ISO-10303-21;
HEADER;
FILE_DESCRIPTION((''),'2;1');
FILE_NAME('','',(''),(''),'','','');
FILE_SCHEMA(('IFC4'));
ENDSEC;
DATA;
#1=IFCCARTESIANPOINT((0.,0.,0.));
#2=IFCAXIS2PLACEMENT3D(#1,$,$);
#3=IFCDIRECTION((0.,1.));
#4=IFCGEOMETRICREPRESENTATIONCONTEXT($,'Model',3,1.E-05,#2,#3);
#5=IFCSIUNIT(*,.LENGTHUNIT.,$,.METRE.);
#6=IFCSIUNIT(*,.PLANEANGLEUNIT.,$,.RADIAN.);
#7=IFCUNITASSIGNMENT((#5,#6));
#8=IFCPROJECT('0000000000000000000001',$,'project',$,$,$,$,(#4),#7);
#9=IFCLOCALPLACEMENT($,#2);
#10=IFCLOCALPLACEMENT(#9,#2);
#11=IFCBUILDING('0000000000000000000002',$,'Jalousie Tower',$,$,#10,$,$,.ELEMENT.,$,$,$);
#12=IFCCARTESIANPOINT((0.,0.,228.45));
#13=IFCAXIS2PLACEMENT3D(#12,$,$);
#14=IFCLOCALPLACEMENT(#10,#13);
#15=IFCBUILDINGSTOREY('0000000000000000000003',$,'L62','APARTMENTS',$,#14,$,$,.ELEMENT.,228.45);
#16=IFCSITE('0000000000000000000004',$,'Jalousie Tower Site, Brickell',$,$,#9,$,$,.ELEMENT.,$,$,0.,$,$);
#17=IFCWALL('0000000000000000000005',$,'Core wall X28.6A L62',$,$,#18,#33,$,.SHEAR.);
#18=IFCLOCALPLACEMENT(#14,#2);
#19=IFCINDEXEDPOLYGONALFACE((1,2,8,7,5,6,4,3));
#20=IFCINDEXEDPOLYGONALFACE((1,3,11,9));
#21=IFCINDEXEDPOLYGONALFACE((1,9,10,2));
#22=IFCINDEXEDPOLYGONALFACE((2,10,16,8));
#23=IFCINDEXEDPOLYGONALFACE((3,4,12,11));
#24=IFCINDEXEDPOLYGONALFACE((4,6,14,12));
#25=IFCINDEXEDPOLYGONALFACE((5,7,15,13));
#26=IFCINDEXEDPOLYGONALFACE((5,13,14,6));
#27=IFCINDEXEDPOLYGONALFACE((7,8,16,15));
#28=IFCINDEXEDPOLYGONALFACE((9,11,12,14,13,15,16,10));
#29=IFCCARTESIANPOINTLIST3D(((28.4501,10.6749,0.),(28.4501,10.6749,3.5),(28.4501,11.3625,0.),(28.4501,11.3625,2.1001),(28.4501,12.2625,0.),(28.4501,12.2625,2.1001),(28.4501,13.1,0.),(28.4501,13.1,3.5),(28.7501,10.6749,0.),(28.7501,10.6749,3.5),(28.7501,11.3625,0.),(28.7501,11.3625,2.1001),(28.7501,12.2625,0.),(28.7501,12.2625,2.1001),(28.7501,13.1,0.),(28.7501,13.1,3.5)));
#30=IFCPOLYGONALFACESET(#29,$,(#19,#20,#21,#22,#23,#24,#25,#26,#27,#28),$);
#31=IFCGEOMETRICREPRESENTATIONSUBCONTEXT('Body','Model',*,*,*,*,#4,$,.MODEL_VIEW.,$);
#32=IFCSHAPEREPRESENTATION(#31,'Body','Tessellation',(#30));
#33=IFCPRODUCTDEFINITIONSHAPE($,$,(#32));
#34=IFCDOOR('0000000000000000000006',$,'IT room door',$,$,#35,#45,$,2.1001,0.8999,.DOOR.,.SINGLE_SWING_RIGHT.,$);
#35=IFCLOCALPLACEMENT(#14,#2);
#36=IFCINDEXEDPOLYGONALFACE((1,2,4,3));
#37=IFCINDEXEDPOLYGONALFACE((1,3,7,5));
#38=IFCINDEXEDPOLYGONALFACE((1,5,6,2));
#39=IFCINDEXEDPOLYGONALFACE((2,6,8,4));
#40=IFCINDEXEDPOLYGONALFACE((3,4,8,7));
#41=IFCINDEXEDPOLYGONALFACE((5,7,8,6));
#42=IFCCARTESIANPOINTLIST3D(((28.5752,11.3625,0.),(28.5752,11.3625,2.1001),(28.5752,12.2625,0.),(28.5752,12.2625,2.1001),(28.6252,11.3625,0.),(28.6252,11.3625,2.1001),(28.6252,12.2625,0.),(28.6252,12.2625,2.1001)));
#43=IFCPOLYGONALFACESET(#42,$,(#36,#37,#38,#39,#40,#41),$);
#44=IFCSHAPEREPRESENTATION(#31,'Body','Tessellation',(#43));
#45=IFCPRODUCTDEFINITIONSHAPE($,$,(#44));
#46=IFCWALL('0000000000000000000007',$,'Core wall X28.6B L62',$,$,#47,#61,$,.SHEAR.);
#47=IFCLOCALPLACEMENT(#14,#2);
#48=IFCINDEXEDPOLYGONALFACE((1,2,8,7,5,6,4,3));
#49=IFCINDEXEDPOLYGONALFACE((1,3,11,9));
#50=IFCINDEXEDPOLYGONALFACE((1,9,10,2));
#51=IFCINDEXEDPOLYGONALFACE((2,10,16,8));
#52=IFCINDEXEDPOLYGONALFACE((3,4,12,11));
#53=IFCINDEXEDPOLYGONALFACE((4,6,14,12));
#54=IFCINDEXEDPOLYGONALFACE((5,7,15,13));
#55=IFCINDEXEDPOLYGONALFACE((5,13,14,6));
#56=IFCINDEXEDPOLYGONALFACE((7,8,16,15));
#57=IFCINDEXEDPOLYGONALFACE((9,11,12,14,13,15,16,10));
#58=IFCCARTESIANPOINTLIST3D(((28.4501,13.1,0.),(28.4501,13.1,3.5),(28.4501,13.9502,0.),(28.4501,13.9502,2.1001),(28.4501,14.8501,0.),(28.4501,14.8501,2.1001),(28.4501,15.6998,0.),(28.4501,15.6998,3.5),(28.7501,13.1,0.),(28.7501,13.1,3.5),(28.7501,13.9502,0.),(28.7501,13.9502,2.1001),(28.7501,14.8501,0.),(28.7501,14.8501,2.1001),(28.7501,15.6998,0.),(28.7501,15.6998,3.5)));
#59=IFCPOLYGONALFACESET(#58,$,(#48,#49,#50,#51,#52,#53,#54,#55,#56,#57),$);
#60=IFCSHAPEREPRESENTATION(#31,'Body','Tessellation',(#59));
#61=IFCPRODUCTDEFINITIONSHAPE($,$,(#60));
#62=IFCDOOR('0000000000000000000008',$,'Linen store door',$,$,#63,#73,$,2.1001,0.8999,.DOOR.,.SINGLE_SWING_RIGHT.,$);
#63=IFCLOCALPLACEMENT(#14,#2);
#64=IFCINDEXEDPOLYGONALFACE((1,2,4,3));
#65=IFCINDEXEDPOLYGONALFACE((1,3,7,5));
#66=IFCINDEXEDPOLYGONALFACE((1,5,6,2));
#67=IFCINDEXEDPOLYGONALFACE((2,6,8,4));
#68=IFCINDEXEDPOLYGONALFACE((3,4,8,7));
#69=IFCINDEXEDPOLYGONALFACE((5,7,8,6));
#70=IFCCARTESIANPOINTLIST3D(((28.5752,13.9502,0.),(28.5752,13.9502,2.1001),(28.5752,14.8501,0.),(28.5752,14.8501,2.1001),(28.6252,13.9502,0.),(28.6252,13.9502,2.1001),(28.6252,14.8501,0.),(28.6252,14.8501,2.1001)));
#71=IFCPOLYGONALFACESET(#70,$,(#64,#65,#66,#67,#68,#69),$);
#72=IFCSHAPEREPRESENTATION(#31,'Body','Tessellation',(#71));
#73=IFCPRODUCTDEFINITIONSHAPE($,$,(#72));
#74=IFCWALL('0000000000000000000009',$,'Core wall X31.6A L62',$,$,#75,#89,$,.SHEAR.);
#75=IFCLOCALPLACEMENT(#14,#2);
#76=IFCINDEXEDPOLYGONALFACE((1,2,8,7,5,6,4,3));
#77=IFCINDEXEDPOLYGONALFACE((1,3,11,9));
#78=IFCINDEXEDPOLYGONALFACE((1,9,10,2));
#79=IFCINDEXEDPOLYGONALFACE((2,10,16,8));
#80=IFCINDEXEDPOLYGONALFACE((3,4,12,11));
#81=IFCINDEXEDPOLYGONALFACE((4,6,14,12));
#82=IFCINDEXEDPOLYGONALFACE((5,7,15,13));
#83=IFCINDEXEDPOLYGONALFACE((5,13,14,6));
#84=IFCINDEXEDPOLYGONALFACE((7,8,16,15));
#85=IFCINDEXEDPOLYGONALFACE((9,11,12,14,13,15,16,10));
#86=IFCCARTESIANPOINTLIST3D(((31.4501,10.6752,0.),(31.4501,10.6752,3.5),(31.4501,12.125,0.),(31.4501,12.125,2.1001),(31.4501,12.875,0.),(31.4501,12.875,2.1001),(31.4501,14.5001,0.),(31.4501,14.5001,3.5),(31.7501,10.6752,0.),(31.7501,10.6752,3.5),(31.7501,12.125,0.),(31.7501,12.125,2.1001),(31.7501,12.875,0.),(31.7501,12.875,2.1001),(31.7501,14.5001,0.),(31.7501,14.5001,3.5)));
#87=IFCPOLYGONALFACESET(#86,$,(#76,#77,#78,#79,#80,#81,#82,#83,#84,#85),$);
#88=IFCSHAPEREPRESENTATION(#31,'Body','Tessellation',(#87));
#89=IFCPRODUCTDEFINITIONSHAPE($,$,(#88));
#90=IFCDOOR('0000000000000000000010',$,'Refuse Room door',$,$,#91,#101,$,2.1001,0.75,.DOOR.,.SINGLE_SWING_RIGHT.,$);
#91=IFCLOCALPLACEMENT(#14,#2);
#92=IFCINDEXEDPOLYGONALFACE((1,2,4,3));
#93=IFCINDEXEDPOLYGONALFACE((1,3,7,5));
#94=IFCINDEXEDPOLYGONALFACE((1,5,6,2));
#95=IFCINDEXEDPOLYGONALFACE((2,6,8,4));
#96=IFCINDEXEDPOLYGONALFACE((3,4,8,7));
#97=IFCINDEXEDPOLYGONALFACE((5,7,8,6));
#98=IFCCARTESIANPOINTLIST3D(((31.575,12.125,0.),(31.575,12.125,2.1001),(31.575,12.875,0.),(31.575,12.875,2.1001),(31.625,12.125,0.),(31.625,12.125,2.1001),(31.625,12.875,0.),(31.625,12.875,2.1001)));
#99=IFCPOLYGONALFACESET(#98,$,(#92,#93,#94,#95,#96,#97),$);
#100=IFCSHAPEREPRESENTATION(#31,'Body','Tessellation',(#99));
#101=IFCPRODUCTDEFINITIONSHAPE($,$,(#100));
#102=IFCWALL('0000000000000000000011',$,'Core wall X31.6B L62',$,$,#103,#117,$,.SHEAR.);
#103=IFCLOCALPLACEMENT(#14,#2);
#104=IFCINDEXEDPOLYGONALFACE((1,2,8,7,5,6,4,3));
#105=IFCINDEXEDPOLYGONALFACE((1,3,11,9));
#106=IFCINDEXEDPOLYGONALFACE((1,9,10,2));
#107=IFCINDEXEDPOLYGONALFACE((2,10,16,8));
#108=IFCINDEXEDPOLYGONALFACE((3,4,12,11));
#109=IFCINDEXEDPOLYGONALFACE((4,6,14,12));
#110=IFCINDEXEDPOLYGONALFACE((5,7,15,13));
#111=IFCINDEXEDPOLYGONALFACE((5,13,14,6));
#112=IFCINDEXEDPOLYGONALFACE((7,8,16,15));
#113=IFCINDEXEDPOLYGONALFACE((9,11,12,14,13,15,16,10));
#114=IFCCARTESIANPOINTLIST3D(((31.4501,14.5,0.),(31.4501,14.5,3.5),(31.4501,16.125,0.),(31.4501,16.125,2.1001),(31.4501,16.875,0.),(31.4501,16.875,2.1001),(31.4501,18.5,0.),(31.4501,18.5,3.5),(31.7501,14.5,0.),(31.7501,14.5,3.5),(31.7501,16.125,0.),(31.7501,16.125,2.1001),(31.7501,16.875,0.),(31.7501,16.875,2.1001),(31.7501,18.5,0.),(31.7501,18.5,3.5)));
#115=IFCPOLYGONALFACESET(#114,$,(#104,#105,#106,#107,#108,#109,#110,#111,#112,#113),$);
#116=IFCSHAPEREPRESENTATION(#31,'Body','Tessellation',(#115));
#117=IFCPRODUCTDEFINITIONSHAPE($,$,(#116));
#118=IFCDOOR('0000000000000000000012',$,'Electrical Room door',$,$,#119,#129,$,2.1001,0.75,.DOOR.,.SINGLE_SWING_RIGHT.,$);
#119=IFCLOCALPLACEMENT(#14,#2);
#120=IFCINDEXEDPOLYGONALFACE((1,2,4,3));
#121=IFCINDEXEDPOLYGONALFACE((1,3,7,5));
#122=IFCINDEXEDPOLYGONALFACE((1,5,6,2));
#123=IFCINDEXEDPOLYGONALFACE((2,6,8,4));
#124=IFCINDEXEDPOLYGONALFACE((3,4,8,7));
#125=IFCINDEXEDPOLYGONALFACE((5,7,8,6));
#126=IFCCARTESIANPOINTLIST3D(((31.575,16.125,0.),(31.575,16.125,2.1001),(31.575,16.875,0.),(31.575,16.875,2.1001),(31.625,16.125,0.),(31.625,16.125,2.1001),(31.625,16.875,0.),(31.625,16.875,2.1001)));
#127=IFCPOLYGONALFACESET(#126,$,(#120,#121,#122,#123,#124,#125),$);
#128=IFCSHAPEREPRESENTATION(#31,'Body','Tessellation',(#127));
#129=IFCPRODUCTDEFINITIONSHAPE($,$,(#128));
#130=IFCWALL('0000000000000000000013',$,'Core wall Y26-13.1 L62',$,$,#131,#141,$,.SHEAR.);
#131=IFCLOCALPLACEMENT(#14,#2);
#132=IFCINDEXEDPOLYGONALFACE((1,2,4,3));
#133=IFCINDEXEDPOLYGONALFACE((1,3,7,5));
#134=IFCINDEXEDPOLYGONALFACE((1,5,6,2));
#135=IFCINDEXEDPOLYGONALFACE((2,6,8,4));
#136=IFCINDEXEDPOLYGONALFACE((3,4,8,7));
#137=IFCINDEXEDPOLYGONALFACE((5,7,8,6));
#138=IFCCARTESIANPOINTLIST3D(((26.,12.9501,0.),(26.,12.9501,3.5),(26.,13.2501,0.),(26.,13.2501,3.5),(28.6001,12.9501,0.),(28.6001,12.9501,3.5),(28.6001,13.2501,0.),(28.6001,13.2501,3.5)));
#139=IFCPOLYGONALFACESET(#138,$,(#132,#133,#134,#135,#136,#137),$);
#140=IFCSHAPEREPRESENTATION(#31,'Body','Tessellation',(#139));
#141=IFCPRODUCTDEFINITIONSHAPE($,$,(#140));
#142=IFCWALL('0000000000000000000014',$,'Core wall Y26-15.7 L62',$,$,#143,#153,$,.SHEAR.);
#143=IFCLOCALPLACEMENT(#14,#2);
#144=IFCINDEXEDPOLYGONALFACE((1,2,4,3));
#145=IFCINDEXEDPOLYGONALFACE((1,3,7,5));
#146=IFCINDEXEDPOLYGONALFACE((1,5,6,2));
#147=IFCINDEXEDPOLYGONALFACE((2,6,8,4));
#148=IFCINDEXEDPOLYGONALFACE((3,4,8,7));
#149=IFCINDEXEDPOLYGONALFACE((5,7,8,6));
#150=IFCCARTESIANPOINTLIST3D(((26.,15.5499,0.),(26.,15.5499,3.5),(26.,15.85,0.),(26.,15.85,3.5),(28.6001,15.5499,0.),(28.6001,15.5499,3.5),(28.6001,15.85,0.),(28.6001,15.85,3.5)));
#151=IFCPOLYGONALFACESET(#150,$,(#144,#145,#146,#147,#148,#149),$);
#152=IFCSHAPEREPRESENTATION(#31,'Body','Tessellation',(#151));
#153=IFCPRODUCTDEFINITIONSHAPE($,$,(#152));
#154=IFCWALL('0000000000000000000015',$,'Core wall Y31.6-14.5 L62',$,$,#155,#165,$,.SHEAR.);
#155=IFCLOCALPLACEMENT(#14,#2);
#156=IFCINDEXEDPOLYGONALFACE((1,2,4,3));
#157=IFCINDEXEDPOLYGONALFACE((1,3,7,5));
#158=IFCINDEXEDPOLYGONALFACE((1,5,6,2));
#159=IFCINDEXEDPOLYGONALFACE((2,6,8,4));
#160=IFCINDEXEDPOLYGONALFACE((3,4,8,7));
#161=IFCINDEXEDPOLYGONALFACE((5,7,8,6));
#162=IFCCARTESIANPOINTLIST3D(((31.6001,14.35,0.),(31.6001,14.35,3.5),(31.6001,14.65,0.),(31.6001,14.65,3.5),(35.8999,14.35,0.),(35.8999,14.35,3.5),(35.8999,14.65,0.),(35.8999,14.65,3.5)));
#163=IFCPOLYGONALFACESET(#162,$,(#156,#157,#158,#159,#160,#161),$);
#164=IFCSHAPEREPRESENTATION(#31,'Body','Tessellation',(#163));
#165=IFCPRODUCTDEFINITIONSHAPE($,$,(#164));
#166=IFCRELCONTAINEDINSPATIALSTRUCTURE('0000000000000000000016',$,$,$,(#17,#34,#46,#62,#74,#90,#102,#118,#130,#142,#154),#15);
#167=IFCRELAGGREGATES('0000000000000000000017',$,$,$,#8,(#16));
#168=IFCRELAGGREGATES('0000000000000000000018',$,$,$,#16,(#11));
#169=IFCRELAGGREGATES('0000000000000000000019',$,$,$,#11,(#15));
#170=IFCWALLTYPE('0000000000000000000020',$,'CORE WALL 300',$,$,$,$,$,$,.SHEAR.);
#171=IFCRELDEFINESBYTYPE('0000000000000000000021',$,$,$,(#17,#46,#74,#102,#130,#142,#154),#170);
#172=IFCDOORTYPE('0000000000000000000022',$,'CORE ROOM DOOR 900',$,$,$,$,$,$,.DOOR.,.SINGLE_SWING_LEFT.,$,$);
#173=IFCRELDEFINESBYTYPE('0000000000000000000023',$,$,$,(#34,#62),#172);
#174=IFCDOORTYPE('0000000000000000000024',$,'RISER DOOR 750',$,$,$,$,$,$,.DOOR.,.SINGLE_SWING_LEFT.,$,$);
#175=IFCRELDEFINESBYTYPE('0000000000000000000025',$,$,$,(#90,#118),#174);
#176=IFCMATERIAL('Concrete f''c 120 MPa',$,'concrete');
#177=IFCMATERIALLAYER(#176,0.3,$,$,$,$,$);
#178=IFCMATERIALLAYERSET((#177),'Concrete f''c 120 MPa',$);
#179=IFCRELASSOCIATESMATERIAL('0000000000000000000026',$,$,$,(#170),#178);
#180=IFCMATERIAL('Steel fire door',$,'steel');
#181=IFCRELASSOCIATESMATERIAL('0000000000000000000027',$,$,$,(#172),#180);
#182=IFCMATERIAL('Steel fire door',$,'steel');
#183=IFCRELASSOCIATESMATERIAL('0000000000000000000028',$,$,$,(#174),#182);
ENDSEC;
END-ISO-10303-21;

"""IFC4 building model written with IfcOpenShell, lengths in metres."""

from ifc_helpers import new_model, si_unit, direction, frame, frame_2d, origin, place, context, subcontext, project, spatial, rectangle, extrude, material, layer, layer_set, type_object, element, fill, save


model = new_model("IFC4")

# Units and contexts
model_context = context("Model", 3, precision=1e-05, world=origin(), true_north=direction((0.0, 1.0)))
body_context = subcontext(model_context, "Body", "Model", "MODEL_VIEW")
ifc_project = project(units=[si_unit("LENGTHUNIT", "METRE"), si_unit("PLANEANGLEUNIT", "RADIAN")], contexts=[model_context])

# Site, building, storey
site_placement = place(None, origin())
site = spatial("IfcSite", under=ifc_project, at=site_placement, Name="Jalousie Tower Site, Brickell", CompositionType="ELEMENT", RefElevation=0.0)
building_placement = place(site_placement, origin())
building = spatial("IfcBuilding", under=site, at=building_placement, Name="Jalousie Tower", CompositionType="ELEMENT")
storey_placement = place(building_placement, frame((0.0, 0.0, 228.45)))
storey = spatial("IfcBuildingStorey", under=building, at=storey_placement, Name="L62", Description="APARTMENTS", CompositionType="ELEMENT", Elevation=228.45)

# Shared definitions
ifc_material_1 = material(Name="Concrete f'c 120 MPa", Category="concrete")
ifc_layer_1 = layer(ifc_material_1, 0.3)
ifc_layer_set_1 = layer_set([ifc_layer_1], Name="Concrete f'c 120 MPa")
wall_type_1 = type_object("IfcWallType", Name="CORE WALL 300", PredefinedType="SHEAR", material=ifc_layer_set_1)

# Walls, openings, doors
wall_1_placement = place(storey_placement, frame((28.6001, 10.675, 0.0), z_axis=(0.0, 0.0, 1.0), x_axis=(0.0, 1.0, 0.0)))
wall_1 = element("IfcWall", 1, at=wall_1_placement, inside=storey, type_object=wall_type_1, Name="Core wall X28.6A L62", PredefinedType="SHEAR", context=body_context, shape_type="SweptSolid", body=[
    extrude(rectangle(XDim=2.425, YDim=0.3, at=frame_2d((1.2124, 0.0))), origin(), (0.0, 0.0, 1.0), 3.5),
])
opening_1_placement = place(wall_1_placement, frame((0.6875, 0.0, 0.0)))
opening_1 = element("IfcOpeningElement", 2, at=opening_1_placement, cuts=wall_1, PredefinedType="OPENING", context=body_context, shape_type="SweptSolid", body=[
    extrude(rectangle(XDim=0.8999, YDim=2.1001, at=frame_2d((0.45, 1.05))), frame((0.0, 0.1599, 0.0), z_axis=(0.0, -1.0, 0.0), x_axis=(1.0, 0.0, 0.0)), (0.0, 0.0, 1.0), 0.3201),
])
ifc_material_2 = material(Name="Steel fire door", Category="steel")
door_type_1 = type_object("IfcDoorType", Name="CORE ROOM DOOR 900", OperationType="SINGLE_SWING_LEFT", PredefinedType="DOOR", material=ifc_material_2)
door_1_placement = place(opening_1_placement, origin())
door_1 = element("IfcDoor", 3, at=door_1_placement, inside=storey, type_object=door_type_1, Name="IT room door", OperationType="SINGLE_SWING_RIGHT", OverallHeight=2.1001, OverallWidth=0.8999, PredefinedType="DOOR", context=body_context, shape_type="SweptSolid", body=[
    extrude(rectangle(XDim=0.8999, YDim=2.1001, at=frame_2d((0.45, 1.05))), frame((0.0, 0.0249, 0.0), z_axis=(0.0, -1.0, 0.0), x_axis=(1.0, 0.0, 0.0)), (0.0, 0.0, 1.0), 0.05),
])
fill(opening_1, door_1)
wall_2_placement = place(storey_placement, frame((28.6001, 13.1001, 0.0), z_axis=(0.0, 0.0, 1.0), x_axis=(0.0, 1.0, 0.0)))
wall_2 = element("IfcWall", 4, at=wall_2_placement, inside=storey, type_object=wall_type_1, Name="Core wall X28.6B L62", PredefinedType="SHEAR", context=body_context, shape_type="SweptSolid", body=[
    extrude(rectangle(XDim=2.5999, YDim=0.3, at=frame_2d((1.2998, 0.0))), origin(), (0.0, 0.0, 1.0), 3.5),
])
opening_2_placement = place(wall_2_placement, frame((0.8501, 0.0, 0.0)))
opening_2 = element("IfcOpeningElement", 5, at=opening_2_placement, cuts=wall_2, PredefinedType="OPENING", context=body_context, shape_type="SweptSolid", body=[
    extrude(rectangle(XDim=0.8999, YDim=2.1001, at=frame_2d((0.45, 1.05))), frame((0.0, 0.1599, 0.0), z_axis=(0.0, -1.0, 0.0), x_axis=(1.0, 0.0, 0.0)), (0.0, 0.0, 1.0), 0.3201),
])
door_2_placement = place(opening_2_placement, origin())
door_2 = element("IfcDoor", 6, at=door_2_placement, inside=storey, type_object=door_type_1, Name="Linen store door", OperationType="SINGLE_SWING_RIGHT", OverallHeight=2.1001, OverallWidth=0.8999, PredefinedType="DOOR", context=body_context, shape_type="SweptSolid", body=[
    extrude(rectangle(XDim=0.8999, YDim=2.1001, at=frame_2d((0.45, 1.05))), frame((0.0, 0.0249, 0.0), z_axis=(0.0, -1.0, 0.0), x_axis=(1.0, 0.0, 0.0)), (0.0, 0.0, 1.0), 0.05),
])
fill(opening_2, door_2)
wall_3_placement = place(storey_placement, frame((31.6001, 10.675, 0.0), z_axis=(0.0, 0.0, 1.0), x_axis=(0.0, 1.0, 0.0)))
wall_3 = element("IfcWall", 7, at=wall_3_placement, inside=storey, type_object=wall_type_1, Name="Core wall X31.6A L62", PredefinedType="SHEAR", context=body_context, shape_type="SweptSolid", body=[
    extrude(rectangle(XDim=3.825, YDim=0.3, at=frame_2d((1.9126, 0.0))), origin(), (0.0, 0.0, 1.0), 3.5),
])
opening_3_placement = place(wall_3_placement, frame((1.45, 0.0, 0.0)))
opening_3 = element("IfcOpeningElement", 8, at=opening_3_placement, cuts=wall_3, PredefinedType="OPENING", context=body_context, shape_type="SweptSolid", body=[
    extrude(rectangle(XDim=0.75, YDim=2.1001, at=frame_2d((0.375, 1.05))), frame((0.0, 0.1599, 0.0), z_axis=(0.0, -1.0, 0.0), x_axis=(1.0, 0.0, 0.0)), (0.0, 0.0, 1.0), 0.3201),
])
ifc_material_3 = material(Name="Steel fire door", Category="steel")
door_type_2 = type_object("IfcDoorType", Name="RISER DOOR 750", OperationType="SINGLE_SWING_LEFT", PredefinedType="DOOR", material=ifc_material_3)
door_3_placement = place(opening_3_placement, frame((0.75, 0.0, 0.0), z_axis=(0.0, 0.0, 1.0), x_axis=(-1.0, 0.0, 0.0)))
door_3 = element("IfcDoor", 9, at=door_3_placement, inside=storey, type_object=door_type_2, Name="Refuse Room door", OperationType="SINGLE_SWING_RIGHT", OverallHeight=2.1001, OverallWidth=0.75, PredefinedType="DOOR", context=body_context, shape_type="SweptSolid", body=[
    extrude(rectangle(XDim=0.75, YDim=2.1001, at=frame_2d((0.375, 1.05))), frame((0.0, 0.0249, 0.0), z_axis=(0.0, -1.0, 0.0), x_axis=(1.0, 0.0, 0.0)), (0.0, 0.0, 1.0), 0.05),
])
fill(opening_3, door_3)
wall_4_placement = place(storey_placement, frame((31.6001, 14.5, 0.0), z_axis=(0.0, 0.0, 1.0), x_axis=(0.0, 1.0, 0.0)))
wall_4 = element("IfcWall", 10, at=wall_4_placement, inside=storey, type_object=wall_type_1, Name="Core wall X31.6B L62", PredefinedType="SHEAR", context=body_context, shape_type="SweptSolid", body=[
    extrude(rectangle(XDim=4.0, YDim=0.3, at=frame_2d((2.0, 0.0))), origin(), (0.0, 0.0, 1.0), 3.5),
])
opening_4_placement = place(wall_4_placement, frame((1.625, 0.0, 0.0)))
opening_4 = element("IfcOpeningElement", 11, at=opening_4_placement, cuts=wall_4, PredefinedType="OPENING", context=body_context, shape_type="SweptSolid", body=[
    extrude(rectangle(XDim=0.75, YDim=2.1001, at=frame_2d((0.375, 1.05))), frame((0.0, 0.1599, 0.0), z_axis=(0.0, -1.0, 0.0), x_axis=(1.0, 0.0, 0.0)), (0.0, 0.0, 1.0), 0.3201),
])
door_4_placement = place(opening_4_placement, frame((0.75, 0.0, 0.0), z_axis=(0.0, 0.0, 1.0), x_axis=(-1.0, 0.0, 0.0)))
door_4 = element("IfcDoor", 12, at=door_4_placement, inside=storey, type_object=door_type_2, Name="Electrical Room door", OperationType="SINGLE_SWING_RIGHT", OverallHeight=2.1001, OverallWidth=0.75, PredefinedType="DOOR", context=body_context, shape_type="SweptSolid", body=[
    extrude(rectangle(XDim=0.75, YDim=2.1001, at=frame_2d((0.375, 1.05))), frame((0.0, 0.0249, 0.0), z_axis=(0.0, -1.0, 0.0), x_axis=(1.0, 0.0, 0.0)), (0.0, 0.0, 1.0), 0.05),
])
fill(opening_4, door_4)

# Walls
for number, where, z_axis, x_axis, name in (
    (13, (26.0, 13.1001, 0.0), (0.0, 0.0, 1.0), (1.0, 0.0, 0.0), "Core wall Y26-13.1 L62"),
    (14, (26.0, 15.7, 0.0), (0.0, 0.0, 1.0), (1.0, 0.0, 0.0), "Core wall Y26-15.7 L62"),
):
    element("IfcWall", number, at=place(storey_placement, frame(where, z_axis=z_axis, x_axis=x_axis)), inside=storey, type_object=wall_type_1, Name=name, PredefinedType="SHEAR", context=body_context, shape_type="SweptSolid", body=[
        extrude(rectangle(XDim=2.6001, YDim=0.3, at=frame_2d((1.3, 0.0))), origin(), (0.0, 0.0, 1.0), 3.5),
    ])
wall_5_placement = place(storey_placement, frame((31.6001, 14.5, 0.0), z_axis=(0.0, 0.0, 1.0), x_axis=(1.0, 0.0, 0.0)))
element("IfcWall", 15, at=wall_5_placement, inside=storey, type_object=wall_type_1, Name="Core wall Y31.6-14.5 L62", PredefinedType="SHEAR", context=body_context, shape_type="SweptSolid", body=[
    extrude(rectangle(XDim=4.2998, YDim=0.3, at=frame_2d((2.1499, 0.0))), origin(), (0.0, 0.0, 1.0), 3.5),
])

save(model, "model.ifc")
